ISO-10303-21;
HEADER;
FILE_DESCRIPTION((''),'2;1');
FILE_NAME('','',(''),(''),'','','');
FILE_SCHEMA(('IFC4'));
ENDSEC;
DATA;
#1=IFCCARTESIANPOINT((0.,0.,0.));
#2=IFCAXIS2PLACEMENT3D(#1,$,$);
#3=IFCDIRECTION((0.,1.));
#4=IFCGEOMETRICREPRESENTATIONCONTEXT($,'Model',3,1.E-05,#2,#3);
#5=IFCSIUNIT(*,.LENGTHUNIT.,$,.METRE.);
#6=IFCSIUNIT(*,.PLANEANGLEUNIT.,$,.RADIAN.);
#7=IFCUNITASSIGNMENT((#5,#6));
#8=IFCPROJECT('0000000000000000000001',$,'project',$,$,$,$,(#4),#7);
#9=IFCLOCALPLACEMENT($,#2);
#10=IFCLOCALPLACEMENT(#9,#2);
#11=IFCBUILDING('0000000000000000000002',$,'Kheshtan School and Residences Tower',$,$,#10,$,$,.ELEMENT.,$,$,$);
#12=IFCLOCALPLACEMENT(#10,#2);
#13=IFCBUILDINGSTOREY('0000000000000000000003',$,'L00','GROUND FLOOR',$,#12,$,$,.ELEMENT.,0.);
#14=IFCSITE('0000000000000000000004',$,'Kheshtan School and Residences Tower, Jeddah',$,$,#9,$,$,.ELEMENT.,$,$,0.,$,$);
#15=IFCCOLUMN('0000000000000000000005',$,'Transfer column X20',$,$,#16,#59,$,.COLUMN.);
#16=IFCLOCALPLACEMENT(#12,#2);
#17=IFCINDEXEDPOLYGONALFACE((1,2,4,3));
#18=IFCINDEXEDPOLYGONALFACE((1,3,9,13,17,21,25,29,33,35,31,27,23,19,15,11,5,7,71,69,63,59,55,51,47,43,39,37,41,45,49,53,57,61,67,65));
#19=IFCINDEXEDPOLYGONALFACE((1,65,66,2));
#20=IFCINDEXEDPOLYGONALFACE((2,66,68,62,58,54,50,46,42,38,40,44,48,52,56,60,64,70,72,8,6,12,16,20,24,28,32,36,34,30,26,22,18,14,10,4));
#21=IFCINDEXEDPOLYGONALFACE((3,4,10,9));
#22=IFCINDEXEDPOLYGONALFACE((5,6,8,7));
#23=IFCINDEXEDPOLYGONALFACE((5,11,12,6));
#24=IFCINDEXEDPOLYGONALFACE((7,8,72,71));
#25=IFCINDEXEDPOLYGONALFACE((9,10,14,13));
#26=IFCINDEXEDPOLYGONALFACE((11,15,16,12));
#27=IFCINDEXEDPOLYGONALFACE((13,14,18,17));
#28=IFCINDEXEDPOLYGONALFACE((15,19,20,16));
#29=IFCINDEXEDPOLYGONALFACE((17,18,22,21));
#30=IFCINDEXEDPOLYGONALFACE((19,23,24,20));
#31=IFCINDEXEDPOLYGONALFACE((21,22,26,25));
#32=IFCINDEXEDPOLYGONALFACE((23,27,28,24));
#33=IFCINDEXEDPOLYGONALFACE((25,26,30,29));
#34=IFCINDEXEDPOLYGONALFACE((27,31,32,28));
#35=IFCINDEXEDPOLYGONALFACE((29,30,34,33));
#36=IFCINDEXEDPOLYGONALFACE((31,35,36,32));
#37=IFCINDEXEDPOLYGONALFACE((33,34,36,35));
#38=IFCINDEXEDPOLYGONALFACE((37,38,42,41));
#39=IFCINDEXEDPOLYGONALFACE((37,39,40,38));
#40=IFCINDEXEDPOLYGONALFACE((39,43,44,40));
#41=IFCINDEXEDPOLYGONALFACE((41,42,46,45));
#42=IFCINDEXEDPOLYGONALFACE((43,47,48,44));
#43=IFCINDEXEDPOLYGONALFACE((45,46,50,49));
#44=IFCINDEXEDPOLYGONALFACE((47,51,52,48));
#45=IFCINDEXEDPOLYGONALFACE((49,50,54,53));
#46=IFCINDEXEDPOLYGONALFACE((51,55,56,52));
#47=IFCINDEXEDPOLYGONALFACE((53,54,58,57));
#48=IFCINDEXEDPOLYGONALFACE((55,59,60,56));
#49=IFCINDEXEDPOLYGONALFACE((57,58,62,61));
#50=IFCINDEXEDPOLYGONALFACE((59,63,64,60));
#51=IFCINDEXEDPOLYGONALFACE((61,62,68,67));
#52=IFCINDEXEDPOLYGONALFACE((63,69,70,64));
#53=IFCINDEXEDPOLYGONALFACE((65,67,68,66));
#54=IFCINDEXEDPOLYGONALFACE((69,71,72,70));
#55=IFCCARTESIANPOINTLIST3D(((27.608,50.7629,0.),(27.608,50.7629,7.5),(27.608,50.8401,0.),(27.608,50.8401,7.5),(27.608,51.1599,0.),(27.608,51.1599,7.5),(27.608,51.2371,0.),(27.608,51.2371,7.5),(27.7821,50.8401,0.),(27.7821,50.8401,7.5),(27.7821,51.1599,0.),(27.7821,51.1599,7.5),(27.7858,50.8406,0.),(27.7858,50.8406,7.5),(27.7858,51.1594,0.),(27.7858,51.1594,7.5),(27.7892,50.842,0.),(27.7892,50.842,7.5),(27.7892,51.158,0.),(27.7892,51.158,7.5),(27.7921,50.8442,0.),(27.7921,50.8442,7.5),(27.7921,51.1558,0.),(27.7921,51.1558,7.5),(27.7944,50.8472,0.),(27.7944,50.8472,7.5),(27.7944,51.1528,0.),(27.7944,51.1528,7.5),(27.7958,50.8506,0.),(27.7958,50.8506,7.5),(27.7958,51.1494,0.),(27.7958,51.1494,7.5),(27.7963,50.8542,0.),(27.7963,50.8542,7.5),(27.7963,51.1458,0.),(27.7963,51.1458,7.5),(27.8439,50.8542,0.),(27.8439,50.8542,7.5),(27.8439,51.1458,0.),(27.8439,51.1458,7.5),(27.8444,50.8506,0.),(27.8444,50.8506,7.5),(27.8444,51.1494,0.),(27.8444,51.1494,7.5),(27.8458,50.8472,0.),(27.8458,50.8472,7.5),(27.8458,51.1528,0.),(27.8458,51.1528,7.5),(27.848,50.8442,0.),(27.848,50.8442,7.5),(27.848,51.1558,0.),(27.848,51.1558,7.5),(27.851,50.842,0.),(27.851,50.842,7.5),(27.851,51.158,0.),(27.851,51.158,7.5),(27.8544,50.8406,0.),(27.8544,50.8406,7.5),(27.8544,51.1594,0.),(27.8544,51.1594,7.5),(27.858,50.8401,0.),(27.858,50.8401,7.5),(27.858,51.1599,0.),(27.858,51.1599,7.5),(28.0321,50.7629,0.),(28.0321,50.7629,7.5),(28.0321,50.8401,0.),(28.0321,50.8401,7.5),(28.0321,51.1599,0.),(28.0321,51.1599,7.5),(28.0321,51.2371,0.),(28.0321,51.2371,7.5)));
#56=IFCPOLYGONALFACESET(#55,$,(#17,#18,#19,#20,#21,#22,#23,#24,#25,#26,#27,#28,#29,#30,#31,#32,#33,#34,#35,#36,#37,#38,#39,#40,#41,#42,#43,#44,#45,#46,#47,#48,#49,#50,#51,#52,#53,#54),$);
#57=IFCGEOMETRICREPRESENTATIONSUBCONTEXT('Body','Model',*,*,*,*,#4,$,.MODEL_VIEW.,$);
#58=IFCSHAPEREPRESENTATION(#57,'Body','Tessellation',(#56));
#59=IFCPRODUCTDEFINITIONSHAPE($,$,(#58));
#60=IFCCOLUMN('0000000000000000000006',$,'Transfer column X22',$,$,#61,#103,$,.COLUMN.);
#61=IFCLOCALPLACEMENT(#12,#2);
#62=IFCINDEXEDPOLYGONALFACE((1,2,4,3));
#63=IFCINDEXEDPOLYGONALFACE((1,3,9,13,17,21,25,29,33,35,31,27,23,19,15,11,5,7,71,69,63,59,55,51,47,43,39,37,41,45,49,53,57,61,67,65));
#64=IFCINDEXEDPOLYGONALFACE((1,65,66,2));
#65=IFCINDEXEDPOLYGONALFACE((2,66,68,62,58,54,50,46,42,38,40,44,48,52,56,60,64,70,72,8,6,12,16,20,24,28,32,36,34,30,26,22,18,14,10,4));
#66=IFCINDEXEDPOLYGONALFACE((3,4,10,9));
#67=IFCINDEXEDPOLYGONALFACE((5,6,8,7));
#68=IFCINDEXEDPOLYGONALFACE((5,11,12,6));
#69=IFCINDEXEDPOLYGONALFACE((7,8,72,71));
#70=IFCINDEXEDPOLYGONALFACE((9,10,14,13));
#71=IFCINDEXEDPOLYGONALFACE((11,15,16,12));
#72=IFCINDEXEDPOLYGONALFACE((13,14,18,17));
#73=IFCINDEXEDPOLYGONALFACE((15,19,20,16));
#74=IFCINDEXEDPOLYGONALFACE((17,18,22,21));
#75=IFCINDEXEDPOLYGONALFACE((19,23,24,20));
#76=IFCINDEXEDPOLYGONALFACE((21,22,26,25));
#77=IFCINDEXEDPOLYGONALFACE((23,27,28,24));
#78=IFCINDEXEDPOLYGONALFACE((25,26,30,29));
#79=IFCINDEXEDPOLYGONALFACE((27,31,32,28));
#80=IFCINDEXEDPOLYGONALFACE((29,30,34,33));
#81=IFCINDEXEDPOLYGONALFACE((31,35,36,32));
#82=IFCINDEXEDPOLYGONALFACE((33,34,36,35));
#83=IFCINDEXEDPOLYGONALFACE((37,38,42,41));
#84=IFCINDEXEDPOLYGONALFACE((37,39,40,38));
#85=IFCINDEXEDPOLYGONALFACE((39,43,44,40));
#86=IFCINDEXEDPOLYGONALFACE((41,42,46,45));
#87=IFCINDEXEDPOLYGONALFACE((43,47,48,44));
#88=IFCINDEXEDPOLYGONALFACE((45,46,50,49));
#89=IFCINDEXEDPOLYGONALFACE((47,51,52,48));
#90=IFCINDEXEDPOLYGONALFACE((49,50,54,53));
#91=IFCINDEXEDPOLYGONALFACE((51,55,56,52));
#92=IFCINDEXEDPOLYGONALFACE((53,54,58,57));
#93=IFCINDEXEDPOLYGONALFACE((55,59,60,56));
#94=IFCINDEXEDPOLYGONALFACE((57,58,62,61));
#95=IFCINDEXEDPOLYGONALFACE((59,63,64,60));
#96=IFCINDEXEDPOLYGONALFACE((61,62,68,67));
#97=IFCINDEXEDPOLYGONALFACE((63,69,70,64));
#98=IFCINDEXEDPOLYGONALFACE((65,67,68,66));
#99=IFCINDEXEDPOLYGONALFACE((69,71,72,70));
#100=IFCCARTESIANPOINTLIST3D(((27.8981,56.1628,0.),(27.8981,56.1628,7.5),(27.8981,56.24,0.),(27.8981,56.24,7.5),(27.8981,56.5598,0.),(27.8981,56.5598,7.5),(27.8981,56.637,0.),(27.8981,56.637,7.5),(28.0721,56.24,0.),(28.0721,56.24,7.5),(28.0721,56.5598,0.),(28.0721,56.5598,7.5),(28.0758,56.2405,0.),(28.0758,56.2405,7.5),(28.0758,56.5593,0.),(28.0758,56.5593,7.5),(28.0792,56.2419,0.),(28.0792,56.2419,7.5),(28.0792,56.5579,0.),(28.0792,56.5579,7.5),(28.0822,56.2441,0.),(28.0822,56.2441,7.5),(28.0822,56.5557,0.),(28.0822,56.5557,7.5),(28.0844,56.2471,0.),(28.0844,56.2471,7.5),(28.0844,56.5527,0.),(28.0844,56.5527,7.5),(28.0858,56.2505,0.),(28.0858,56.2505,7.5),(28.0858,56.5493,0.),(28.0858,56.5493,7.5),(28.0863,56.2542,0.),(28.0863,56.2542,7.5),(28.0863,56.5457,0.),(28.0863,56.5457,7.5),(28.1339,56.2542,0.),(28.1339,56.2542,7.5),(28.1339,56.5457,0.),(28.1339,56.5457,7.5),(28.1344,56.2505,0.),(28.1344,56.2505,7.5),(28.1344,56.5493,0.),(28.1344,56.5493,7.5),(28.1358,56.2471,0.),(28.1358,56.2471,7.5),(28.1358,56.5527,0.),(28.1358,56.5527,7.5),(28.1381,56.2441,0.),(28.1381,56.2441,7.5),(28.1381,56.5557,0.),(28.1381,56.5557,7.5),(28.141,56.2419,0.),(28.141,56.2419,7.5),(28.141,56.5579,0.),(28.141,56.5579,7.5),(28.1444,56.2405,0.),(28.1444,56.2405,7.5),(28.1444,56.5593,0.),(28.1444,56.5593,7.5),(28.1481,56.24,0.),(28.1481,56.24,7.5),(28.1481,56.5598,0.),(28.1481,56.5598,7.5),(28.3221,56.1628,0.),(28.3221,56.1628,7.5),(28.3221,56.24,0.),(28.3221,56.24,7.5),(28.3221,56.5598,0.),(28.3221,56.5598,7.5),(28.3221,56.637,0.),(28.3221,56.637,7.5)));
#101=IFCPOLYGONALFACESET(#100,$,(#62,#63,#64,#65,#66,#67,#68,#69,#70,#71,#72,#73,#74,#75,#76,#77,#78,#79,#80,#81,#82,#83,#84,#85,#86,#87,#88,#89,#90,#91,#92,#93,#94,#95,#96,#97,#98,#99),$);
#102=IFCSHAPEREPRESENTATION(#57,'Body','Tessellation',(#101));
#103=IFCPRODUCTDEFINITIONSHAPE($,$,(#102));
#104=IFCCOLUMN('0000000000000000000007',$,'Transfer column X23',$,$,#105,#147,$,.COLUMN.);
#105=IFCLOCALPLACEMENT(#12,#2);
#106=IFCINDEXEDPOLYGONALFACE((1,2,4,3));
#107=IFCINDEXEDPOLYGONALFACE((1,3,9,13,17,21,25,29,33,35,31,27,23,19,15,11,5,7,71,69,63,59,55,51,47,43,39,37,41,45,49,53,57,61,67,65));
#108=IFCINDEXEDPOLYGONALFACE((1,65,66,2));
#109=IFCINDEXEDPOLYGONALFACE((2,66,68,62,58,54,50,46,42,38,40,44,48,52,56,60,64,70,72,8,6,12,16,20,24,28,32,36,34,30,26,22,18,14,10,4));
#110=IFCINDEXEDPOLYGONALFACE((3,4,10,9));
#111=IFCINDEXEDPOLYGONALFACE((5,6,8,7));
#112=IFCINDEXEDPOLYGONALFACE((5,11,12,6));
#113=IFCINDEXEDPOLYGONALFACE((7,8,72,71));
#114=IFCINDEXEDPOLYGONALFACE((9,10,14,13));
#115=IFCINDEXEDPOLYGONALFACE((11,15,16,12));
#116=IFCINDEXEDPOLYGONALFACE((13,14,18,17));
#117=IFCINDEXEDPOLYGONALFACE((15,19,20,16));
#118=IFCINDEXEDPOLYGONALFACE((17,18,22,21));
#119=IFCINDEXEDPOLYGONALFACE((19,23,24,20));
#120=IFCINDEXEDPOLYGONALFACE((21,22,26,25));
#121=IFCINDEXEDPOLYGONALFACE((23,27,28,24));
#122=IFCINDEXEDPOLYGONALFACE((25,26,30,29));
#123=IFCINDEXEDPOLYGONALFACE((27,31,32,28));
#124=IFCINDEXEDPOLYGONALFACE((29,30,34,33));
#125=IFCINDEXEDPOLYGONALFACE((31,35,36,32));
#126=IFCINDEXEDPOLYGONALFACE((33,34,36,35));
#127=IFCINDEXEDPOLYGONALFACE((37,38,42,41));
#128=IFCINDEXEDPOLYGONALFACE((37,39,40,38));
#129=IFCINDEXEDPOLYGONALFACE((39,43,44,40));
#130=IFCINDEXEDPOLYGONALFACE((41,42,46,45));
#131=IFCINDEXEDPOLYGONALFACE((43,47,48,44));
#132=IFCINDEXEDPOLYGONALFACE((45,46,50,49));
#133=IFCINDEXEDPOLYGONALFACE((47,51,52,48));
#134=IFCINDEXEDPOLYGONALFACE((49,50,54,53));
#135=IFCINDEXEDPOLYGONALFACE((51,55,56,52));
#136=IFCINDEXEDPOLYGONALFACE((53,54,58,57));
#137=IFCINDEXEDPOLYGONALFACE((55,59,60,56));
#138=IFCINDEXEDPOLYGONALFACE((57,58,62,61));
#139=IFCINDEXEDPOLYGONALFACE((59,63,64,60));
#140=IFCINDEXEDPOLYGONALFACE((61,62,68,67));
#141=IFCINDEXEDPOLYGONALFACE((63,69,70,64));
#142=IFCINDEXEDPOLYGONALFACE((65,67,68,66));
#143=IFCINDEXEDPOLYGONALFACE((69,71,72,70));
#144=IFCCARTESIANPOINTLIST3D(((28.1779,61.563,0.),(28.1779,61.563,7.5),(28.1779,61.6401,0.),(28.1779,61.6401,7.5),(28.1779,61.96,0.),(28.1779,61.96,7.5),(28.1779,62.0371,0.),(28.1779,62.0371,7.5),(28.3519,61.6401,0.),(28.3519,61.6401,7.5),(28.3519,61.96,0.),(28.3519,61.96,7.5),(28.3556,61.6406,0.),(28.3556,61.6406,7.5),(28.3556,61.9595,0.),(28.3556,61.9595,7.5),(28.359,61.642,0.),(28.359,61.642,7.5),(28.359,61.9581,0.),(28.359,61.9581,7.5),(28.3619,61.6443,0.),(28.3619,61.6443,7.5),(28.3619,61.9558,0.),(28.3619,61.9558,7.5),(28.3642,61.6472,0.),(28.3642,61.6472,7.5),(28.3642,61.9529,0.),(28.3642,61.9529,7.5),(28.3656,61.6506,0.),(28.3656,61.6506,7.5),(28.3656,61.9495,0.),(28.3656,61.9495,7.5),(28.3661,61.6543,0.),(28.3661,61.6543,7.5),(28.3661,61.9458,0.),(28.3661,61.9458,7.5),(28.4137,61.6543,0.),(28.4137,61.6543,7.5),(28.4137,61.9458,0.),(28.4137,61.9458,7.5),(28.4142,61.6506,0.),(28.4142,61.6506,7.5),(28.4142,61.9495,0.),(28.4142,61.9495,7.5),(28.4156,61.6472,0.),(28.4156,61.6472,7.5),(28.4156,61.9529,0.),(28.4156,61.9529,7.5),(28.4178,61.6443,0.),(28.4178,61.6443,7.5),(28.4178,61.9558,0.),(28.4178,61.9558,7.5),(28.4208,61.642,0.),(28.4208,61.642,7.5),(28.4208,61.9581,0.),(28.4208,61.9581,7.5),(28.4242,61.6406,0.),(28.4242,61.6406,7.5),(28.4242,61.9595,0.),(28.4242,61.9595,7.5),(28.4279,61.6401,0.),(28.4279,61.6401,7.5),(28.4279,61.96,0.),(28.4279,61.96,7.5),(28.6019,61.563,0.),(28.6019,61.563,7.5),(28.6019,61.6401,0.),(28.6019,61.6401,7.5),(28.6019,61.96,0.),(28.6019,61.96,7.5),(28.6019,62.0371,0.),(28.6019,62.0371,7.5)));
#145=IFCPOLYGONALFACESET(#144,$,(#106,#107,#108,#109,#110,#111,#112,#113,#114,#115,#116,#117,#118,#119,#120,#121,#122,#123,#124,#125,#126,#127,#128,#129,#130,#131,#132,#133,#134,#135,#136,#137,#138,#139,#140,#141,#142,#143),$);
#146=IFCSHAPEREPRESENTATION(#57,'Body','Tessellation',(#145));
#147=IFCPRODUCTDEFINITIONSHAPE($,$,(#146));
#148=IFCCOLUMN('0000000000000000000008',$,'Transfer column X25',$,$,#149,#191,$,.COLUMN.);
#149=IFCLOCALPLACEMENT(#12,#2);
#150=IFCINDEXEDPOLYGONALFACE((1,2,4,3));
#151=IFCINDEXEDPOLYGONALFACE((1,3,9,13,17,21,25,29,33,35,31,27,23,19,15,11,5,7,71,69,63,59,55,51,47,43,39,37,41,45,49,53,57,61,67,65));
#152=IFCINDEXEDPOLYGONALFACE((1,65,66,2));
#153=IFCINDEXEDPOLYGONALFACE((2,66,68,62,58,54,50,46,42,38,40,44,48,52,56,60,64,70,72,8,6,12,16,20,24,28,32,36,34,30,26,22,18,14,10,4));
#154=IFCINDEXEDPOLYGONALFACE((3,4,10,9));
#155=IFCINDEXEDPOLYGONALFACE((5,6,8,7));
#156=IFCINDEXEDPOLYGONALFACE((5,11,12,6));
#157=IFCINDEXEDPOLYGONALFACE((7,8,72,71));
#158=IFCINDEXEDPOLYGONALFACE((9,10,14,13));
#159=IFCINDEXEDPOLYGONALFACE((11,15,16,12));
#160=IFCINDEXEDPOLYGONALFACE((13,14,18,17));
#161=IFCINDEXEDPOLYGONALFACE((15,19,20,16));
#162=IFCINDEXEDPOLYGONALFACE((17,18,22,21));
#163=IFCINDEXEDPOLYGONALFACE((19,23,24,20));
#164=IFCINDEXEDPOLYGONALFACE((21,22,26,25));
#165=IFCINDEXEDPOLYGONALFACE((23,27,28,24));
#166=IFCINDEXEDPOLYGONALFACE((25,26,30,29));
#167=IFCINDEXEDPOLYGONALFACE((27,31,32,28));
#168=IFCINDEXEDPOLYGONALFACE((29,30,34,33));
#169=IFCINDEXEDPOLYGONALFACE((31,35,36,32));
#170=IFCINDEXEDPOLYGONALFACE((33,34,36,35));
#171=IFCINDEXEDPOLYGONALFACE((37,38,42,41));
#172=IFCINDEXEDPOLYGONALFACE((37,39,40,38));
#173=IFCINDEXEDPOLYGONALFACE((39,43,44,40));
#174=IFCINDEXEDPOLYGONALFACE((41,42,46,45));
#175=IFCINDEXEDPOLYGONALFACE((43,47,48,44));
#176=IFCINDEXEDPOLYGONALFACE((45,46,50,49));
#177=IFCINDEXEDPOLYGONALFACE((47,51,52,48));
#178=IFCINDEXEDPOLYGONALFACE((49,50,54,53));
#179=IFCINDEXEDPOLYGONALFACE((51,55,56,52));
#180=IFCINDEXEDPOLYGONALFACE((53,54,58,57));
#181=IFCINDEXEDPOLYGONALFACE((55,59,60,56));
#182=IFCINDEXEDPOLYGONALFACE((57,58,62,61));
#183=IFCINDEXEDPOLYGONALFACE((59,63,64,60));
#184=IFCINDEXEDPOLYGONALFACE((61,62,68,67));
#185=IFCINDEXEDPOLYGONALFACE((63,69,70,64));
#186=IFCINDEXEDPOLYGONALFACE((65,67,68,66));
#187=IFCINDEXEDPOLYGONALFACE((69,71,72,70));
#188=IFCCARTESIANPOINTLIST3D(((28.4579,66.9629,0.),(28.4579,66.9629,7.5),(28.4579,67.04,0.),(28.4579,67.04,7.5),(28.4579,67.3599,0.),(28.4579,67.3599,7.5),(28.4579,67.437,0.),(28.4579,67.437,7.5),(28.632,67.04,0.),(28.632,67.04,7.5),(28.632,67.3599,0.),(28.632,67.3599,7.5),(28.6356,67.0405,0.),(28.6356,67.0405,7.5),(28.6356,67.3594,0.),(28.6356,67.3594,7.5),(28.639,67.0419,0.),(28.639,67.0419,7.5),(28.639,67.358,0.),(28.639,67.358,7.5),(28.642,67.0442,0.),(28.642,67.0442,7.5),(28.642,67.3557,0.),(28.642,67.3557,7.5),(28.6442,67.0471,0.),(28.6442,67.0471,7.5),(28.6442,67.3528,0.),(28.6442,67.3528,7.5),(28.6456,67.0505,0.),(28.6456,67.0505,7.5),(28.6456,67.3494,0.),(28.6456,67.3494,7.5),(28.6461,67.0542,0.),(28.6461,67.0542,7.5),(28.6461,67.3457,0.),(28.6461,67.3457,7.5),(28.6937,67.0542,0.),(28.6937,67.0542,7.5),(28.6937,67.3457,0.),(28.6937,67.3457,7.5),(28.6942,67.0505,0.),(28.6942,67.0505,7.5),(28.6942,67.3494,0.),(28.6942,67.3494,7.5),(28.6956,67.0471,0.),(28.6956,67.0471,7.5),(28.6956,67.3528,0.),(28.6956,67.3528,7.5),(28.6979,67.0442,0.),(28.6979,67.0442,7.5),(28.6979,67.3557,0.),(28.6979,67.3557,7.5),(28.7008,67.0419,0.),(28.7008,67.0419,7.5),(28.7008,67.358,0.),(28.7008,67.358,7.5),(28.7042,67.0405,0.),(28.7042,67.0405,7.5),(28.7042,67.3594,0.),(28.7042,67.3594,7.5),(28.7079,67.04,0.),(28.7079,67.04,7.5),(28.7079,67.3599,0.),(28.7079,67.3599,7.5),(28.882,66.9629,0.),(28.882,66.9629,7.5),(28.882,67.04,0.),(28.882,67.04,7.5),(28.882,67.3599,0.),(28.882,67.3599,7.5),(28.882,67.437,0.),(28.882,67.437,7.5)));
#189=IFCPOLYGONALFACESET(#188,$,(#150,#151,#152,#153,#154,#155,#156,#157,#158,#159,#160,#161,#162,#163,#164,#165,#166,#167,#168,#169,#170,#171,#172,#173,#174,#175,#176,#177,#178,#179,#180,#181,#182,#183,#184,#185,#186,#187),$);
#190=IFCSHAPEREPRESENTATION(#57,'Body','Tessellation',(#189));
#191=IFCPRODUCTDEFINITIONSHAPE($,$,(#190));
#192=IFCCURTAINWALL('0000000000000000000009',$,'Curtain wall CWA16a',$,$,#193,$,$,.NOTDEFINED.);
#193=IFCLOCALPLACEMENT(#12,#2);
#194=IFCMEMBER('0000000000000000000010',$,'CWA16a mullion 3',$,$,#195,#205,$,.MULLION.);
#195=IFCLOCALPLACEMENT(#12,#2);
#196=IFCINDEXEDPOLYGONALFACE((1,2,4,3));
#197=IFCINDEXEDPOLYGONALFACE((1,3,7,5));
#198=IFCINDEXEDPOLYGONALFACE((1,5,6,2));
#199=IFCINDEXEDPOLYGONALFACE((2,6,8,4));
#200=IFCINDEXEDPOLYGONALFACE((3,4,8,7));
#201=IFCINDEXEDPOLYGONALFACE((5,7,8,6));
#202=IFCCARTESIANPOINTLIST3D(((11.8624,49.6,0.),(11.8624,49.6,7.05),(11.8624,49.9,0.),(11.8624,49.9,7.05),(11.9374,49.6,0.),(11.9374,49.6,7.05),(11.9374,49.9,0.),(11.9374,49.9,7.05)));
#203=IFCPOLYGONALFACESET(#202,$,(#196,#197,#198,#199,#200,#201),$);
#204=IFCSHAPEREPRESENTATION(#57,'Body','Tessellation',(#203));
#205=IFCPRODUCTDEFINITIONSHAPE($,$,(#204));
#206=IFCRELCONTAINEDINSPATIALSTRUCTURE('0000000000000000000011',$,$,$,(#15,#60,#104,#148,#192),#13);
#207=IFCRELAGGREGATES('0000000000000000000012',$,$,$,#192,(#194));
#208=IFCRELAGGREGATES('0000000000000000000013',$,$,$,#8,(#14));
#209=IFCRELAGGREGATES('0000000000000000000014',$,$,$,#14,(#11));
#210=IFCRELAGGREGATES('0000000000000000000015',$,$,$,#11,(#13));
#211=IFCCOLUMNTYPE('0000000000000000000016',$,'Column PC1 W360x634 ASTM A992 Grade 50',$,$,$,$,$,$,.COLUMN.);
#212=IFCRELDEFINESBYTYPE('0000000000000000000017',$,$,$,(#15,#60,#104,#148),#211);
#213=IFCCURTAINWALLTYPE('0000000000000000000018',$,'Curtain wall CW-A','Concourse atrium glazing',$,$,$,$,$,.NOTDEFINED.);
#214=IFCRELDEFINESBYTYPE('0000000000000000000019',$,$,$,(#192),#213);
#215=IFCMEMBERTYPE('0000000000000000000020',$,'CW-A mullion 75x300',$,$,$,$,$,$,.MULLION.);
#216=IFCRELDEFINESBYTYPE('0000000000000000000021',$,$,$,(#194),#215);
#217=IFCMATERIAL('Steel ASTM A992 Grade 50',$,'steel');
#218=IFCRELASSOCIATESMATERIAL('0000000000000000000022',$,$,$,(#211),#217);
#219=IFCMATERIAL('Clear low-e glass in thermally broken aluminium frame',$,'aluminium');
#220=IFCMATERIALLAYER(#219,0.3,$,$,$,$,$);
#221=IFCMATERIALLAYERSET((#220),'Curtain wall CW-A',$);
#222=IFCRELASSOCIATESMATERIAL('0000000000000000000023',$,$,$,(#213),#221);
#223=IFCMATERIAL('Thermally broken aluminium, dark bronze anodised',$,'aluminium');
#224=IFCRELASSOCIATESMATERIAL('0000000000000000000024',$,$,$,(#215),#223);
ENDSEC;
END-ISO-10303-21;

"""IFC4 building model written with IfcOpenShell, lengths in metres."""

from ifc_helpers import new_model, si_unit, direction, frame, origin, origin_2d, place, context, subcontext, project, spatial, rectangle, i_section, extrude, material, layer, layer_set, material_profile, profile_set, type_object, element, aggregate, save


model = new_model("IFC4")

# Units and contexts
model_context = context("Model", 3, precision=1e-05, world=origin(), true_north=direction((0.0, 1.0)))
body_context = subcontext(model_context, "Body", "Model", "MODEL_VIEW")
ifc_project = project(units=[si_unit("LENGTHUNIT", "METRE"), si_unit("PLANEANGLEUNIT", "RADIAN")], contexts=[model_context])

# Site, building, storey
site_placement = place(None, origin())
site = spatial("IfcSite", under=ifc_project, at=site_placement, Name="Kheshtan School and Residences Tower, Jeddah", CompositionType="ELEMENT", RefElevation=0.0)
building_placement = place(site_placement, origin())
building = spatial("IfcBuilding", under=site, at=building_placement, Name="Kheshtan School and Residences Tower", CompositionType="ELEMENT")
storey_placement = place(building_placement, origin())
storey = spatial("IfcBuildingStorey", under=building, at=storey_placement, Name="L00", Description="GROUND FLOOR", CompositionType="ELEMENT", Elevation=0.0)

# Columns
ifc_material_1 = material(Name="Steel ASTM A992 Grade 50", Category="steel")
ifc_material_profile_1 = material_profile(ifc_material_1, i_section(OverallWidth=0.4241, OverallDepth=0.4741, WebThickness=0.0476, FlangeThickness=0.0771, FilletRadius=0.0142, at=origin_2d()), Name="W360x634")
ifc_profile_set_1 = profile_set([ifc_material_profile_1], Name="Steel ASTM A992 Grade 50")
column_type = type_object("IfcColumnType", Name="Column PC1 W360x634 ASTM A992 Grade 50", PredefinedType="COLUMN", material=ifc_profile_set_1)
for number, where, z_axis, x_axis, name in (
    (1, (27.8201, 51.0, 0.0), (0.0, 0.0, 1.0), (1.0, 0.0, 0.0), "Transfer column X20"),
    (2, (28.1101, 56.3999, 0.0), (0.0, 0.0, 1.0), (1.0, 0.0, 0.0), "Transfer column X22"),
    (3, (28.3899, 61.8, 0.0), (0.0, 0.0, 1.0), (1.0, 0.0, 0.0), "Transfer column X23"),
    (4, (28.6699, 67.2, 0.0), (0.0, 0.0, 1.0), (1.0, 0.0, 0.0), "Transfer column X25"),
):
    element("IfcColumn", number, at=place(storey_placement, frame(where, z_axis=z_axis, x_axis=x_axis)), inside=storey, type_object=column_type, Name=name, PredefinedType="COLUMN", context=body_context, shape_type="SweptSolid", body=[
        extrude(i_section(OverallWidth=0.4241, OverallDepth=0.4741, WebThickness=0.0476, FlangeThickness=0.0771, FilletRadius=0.0142, at=origin_2d()), origin(), (0.0, 0.0, 1.0), 7.5),
    ])

# Curtain wall, member
ifc_material_2 = material(Name="Clear low-e glass in thermally broken aluminium frame", Category="aluminium")
ifc_layer_1 = layer(ifc_material_2, 0.3)
ifc_layer_set_1 = layer_set([ifc_layer_1], Name="Curtain wall CW-A")
curtain_wall_type = type_object("IfcCurtainWallType", Name="Curtain wall CW-A", Description="Concourse atrium glazing", PredefinedType="NOTDEFINED", material=ifc_layer_set_1)
curtain_wall_placement = place(storey_placement, origin())
curtain_wall = element("IfcCurtainWall", 5, at=curtain_wall_placement, inside=storey, type_object=curtain_wall_type, Name="Curtain wall CWA16a", PredefinedType="NOTDEFINED")
ifc_material_3 = material(Name="Thermally broken aluminium, dark bronze anodised", Category="aluminium")
ifc_material_profile_2 = material_profile(ifc_material_3, rectangle(XDim=0.075, YDim=0.3, at=origin_2d()), Name="CW-A mullion 75x300")
ifc_profile_set_2 = profile_set([ifc_material_profile_2], Name="Thermally broken aluminium, dark bronze anodised")
member_type = type_object("IfcMemberType", Name="CW-A mullion 75x300", PredefinedType="MULLION", material=ifc_profile_set_2)
member_1_placement = place(storey_placement, frame((11.8999, 49.75, 0.0), z_axis=(0.0, 0.0, 1.0), x_axis=(-1.0, 0.0, 0.0)))
member_1 = element("IfcMember", 6, at=member_1_placement, type_object=member_type, Name="CWA16a mullion 3", PredefinedType="MULLION", context=body_context, shape_type="SweptSolid", body=[
    extrude(rectangle(XDim=0.075, YDim=0.3, at=origin_2d()), origin(), (0.0, 0.0, 1.0), 7.05),
])
aggregate(curtain_wall, [member_1])

save(model, "model.ifc")
